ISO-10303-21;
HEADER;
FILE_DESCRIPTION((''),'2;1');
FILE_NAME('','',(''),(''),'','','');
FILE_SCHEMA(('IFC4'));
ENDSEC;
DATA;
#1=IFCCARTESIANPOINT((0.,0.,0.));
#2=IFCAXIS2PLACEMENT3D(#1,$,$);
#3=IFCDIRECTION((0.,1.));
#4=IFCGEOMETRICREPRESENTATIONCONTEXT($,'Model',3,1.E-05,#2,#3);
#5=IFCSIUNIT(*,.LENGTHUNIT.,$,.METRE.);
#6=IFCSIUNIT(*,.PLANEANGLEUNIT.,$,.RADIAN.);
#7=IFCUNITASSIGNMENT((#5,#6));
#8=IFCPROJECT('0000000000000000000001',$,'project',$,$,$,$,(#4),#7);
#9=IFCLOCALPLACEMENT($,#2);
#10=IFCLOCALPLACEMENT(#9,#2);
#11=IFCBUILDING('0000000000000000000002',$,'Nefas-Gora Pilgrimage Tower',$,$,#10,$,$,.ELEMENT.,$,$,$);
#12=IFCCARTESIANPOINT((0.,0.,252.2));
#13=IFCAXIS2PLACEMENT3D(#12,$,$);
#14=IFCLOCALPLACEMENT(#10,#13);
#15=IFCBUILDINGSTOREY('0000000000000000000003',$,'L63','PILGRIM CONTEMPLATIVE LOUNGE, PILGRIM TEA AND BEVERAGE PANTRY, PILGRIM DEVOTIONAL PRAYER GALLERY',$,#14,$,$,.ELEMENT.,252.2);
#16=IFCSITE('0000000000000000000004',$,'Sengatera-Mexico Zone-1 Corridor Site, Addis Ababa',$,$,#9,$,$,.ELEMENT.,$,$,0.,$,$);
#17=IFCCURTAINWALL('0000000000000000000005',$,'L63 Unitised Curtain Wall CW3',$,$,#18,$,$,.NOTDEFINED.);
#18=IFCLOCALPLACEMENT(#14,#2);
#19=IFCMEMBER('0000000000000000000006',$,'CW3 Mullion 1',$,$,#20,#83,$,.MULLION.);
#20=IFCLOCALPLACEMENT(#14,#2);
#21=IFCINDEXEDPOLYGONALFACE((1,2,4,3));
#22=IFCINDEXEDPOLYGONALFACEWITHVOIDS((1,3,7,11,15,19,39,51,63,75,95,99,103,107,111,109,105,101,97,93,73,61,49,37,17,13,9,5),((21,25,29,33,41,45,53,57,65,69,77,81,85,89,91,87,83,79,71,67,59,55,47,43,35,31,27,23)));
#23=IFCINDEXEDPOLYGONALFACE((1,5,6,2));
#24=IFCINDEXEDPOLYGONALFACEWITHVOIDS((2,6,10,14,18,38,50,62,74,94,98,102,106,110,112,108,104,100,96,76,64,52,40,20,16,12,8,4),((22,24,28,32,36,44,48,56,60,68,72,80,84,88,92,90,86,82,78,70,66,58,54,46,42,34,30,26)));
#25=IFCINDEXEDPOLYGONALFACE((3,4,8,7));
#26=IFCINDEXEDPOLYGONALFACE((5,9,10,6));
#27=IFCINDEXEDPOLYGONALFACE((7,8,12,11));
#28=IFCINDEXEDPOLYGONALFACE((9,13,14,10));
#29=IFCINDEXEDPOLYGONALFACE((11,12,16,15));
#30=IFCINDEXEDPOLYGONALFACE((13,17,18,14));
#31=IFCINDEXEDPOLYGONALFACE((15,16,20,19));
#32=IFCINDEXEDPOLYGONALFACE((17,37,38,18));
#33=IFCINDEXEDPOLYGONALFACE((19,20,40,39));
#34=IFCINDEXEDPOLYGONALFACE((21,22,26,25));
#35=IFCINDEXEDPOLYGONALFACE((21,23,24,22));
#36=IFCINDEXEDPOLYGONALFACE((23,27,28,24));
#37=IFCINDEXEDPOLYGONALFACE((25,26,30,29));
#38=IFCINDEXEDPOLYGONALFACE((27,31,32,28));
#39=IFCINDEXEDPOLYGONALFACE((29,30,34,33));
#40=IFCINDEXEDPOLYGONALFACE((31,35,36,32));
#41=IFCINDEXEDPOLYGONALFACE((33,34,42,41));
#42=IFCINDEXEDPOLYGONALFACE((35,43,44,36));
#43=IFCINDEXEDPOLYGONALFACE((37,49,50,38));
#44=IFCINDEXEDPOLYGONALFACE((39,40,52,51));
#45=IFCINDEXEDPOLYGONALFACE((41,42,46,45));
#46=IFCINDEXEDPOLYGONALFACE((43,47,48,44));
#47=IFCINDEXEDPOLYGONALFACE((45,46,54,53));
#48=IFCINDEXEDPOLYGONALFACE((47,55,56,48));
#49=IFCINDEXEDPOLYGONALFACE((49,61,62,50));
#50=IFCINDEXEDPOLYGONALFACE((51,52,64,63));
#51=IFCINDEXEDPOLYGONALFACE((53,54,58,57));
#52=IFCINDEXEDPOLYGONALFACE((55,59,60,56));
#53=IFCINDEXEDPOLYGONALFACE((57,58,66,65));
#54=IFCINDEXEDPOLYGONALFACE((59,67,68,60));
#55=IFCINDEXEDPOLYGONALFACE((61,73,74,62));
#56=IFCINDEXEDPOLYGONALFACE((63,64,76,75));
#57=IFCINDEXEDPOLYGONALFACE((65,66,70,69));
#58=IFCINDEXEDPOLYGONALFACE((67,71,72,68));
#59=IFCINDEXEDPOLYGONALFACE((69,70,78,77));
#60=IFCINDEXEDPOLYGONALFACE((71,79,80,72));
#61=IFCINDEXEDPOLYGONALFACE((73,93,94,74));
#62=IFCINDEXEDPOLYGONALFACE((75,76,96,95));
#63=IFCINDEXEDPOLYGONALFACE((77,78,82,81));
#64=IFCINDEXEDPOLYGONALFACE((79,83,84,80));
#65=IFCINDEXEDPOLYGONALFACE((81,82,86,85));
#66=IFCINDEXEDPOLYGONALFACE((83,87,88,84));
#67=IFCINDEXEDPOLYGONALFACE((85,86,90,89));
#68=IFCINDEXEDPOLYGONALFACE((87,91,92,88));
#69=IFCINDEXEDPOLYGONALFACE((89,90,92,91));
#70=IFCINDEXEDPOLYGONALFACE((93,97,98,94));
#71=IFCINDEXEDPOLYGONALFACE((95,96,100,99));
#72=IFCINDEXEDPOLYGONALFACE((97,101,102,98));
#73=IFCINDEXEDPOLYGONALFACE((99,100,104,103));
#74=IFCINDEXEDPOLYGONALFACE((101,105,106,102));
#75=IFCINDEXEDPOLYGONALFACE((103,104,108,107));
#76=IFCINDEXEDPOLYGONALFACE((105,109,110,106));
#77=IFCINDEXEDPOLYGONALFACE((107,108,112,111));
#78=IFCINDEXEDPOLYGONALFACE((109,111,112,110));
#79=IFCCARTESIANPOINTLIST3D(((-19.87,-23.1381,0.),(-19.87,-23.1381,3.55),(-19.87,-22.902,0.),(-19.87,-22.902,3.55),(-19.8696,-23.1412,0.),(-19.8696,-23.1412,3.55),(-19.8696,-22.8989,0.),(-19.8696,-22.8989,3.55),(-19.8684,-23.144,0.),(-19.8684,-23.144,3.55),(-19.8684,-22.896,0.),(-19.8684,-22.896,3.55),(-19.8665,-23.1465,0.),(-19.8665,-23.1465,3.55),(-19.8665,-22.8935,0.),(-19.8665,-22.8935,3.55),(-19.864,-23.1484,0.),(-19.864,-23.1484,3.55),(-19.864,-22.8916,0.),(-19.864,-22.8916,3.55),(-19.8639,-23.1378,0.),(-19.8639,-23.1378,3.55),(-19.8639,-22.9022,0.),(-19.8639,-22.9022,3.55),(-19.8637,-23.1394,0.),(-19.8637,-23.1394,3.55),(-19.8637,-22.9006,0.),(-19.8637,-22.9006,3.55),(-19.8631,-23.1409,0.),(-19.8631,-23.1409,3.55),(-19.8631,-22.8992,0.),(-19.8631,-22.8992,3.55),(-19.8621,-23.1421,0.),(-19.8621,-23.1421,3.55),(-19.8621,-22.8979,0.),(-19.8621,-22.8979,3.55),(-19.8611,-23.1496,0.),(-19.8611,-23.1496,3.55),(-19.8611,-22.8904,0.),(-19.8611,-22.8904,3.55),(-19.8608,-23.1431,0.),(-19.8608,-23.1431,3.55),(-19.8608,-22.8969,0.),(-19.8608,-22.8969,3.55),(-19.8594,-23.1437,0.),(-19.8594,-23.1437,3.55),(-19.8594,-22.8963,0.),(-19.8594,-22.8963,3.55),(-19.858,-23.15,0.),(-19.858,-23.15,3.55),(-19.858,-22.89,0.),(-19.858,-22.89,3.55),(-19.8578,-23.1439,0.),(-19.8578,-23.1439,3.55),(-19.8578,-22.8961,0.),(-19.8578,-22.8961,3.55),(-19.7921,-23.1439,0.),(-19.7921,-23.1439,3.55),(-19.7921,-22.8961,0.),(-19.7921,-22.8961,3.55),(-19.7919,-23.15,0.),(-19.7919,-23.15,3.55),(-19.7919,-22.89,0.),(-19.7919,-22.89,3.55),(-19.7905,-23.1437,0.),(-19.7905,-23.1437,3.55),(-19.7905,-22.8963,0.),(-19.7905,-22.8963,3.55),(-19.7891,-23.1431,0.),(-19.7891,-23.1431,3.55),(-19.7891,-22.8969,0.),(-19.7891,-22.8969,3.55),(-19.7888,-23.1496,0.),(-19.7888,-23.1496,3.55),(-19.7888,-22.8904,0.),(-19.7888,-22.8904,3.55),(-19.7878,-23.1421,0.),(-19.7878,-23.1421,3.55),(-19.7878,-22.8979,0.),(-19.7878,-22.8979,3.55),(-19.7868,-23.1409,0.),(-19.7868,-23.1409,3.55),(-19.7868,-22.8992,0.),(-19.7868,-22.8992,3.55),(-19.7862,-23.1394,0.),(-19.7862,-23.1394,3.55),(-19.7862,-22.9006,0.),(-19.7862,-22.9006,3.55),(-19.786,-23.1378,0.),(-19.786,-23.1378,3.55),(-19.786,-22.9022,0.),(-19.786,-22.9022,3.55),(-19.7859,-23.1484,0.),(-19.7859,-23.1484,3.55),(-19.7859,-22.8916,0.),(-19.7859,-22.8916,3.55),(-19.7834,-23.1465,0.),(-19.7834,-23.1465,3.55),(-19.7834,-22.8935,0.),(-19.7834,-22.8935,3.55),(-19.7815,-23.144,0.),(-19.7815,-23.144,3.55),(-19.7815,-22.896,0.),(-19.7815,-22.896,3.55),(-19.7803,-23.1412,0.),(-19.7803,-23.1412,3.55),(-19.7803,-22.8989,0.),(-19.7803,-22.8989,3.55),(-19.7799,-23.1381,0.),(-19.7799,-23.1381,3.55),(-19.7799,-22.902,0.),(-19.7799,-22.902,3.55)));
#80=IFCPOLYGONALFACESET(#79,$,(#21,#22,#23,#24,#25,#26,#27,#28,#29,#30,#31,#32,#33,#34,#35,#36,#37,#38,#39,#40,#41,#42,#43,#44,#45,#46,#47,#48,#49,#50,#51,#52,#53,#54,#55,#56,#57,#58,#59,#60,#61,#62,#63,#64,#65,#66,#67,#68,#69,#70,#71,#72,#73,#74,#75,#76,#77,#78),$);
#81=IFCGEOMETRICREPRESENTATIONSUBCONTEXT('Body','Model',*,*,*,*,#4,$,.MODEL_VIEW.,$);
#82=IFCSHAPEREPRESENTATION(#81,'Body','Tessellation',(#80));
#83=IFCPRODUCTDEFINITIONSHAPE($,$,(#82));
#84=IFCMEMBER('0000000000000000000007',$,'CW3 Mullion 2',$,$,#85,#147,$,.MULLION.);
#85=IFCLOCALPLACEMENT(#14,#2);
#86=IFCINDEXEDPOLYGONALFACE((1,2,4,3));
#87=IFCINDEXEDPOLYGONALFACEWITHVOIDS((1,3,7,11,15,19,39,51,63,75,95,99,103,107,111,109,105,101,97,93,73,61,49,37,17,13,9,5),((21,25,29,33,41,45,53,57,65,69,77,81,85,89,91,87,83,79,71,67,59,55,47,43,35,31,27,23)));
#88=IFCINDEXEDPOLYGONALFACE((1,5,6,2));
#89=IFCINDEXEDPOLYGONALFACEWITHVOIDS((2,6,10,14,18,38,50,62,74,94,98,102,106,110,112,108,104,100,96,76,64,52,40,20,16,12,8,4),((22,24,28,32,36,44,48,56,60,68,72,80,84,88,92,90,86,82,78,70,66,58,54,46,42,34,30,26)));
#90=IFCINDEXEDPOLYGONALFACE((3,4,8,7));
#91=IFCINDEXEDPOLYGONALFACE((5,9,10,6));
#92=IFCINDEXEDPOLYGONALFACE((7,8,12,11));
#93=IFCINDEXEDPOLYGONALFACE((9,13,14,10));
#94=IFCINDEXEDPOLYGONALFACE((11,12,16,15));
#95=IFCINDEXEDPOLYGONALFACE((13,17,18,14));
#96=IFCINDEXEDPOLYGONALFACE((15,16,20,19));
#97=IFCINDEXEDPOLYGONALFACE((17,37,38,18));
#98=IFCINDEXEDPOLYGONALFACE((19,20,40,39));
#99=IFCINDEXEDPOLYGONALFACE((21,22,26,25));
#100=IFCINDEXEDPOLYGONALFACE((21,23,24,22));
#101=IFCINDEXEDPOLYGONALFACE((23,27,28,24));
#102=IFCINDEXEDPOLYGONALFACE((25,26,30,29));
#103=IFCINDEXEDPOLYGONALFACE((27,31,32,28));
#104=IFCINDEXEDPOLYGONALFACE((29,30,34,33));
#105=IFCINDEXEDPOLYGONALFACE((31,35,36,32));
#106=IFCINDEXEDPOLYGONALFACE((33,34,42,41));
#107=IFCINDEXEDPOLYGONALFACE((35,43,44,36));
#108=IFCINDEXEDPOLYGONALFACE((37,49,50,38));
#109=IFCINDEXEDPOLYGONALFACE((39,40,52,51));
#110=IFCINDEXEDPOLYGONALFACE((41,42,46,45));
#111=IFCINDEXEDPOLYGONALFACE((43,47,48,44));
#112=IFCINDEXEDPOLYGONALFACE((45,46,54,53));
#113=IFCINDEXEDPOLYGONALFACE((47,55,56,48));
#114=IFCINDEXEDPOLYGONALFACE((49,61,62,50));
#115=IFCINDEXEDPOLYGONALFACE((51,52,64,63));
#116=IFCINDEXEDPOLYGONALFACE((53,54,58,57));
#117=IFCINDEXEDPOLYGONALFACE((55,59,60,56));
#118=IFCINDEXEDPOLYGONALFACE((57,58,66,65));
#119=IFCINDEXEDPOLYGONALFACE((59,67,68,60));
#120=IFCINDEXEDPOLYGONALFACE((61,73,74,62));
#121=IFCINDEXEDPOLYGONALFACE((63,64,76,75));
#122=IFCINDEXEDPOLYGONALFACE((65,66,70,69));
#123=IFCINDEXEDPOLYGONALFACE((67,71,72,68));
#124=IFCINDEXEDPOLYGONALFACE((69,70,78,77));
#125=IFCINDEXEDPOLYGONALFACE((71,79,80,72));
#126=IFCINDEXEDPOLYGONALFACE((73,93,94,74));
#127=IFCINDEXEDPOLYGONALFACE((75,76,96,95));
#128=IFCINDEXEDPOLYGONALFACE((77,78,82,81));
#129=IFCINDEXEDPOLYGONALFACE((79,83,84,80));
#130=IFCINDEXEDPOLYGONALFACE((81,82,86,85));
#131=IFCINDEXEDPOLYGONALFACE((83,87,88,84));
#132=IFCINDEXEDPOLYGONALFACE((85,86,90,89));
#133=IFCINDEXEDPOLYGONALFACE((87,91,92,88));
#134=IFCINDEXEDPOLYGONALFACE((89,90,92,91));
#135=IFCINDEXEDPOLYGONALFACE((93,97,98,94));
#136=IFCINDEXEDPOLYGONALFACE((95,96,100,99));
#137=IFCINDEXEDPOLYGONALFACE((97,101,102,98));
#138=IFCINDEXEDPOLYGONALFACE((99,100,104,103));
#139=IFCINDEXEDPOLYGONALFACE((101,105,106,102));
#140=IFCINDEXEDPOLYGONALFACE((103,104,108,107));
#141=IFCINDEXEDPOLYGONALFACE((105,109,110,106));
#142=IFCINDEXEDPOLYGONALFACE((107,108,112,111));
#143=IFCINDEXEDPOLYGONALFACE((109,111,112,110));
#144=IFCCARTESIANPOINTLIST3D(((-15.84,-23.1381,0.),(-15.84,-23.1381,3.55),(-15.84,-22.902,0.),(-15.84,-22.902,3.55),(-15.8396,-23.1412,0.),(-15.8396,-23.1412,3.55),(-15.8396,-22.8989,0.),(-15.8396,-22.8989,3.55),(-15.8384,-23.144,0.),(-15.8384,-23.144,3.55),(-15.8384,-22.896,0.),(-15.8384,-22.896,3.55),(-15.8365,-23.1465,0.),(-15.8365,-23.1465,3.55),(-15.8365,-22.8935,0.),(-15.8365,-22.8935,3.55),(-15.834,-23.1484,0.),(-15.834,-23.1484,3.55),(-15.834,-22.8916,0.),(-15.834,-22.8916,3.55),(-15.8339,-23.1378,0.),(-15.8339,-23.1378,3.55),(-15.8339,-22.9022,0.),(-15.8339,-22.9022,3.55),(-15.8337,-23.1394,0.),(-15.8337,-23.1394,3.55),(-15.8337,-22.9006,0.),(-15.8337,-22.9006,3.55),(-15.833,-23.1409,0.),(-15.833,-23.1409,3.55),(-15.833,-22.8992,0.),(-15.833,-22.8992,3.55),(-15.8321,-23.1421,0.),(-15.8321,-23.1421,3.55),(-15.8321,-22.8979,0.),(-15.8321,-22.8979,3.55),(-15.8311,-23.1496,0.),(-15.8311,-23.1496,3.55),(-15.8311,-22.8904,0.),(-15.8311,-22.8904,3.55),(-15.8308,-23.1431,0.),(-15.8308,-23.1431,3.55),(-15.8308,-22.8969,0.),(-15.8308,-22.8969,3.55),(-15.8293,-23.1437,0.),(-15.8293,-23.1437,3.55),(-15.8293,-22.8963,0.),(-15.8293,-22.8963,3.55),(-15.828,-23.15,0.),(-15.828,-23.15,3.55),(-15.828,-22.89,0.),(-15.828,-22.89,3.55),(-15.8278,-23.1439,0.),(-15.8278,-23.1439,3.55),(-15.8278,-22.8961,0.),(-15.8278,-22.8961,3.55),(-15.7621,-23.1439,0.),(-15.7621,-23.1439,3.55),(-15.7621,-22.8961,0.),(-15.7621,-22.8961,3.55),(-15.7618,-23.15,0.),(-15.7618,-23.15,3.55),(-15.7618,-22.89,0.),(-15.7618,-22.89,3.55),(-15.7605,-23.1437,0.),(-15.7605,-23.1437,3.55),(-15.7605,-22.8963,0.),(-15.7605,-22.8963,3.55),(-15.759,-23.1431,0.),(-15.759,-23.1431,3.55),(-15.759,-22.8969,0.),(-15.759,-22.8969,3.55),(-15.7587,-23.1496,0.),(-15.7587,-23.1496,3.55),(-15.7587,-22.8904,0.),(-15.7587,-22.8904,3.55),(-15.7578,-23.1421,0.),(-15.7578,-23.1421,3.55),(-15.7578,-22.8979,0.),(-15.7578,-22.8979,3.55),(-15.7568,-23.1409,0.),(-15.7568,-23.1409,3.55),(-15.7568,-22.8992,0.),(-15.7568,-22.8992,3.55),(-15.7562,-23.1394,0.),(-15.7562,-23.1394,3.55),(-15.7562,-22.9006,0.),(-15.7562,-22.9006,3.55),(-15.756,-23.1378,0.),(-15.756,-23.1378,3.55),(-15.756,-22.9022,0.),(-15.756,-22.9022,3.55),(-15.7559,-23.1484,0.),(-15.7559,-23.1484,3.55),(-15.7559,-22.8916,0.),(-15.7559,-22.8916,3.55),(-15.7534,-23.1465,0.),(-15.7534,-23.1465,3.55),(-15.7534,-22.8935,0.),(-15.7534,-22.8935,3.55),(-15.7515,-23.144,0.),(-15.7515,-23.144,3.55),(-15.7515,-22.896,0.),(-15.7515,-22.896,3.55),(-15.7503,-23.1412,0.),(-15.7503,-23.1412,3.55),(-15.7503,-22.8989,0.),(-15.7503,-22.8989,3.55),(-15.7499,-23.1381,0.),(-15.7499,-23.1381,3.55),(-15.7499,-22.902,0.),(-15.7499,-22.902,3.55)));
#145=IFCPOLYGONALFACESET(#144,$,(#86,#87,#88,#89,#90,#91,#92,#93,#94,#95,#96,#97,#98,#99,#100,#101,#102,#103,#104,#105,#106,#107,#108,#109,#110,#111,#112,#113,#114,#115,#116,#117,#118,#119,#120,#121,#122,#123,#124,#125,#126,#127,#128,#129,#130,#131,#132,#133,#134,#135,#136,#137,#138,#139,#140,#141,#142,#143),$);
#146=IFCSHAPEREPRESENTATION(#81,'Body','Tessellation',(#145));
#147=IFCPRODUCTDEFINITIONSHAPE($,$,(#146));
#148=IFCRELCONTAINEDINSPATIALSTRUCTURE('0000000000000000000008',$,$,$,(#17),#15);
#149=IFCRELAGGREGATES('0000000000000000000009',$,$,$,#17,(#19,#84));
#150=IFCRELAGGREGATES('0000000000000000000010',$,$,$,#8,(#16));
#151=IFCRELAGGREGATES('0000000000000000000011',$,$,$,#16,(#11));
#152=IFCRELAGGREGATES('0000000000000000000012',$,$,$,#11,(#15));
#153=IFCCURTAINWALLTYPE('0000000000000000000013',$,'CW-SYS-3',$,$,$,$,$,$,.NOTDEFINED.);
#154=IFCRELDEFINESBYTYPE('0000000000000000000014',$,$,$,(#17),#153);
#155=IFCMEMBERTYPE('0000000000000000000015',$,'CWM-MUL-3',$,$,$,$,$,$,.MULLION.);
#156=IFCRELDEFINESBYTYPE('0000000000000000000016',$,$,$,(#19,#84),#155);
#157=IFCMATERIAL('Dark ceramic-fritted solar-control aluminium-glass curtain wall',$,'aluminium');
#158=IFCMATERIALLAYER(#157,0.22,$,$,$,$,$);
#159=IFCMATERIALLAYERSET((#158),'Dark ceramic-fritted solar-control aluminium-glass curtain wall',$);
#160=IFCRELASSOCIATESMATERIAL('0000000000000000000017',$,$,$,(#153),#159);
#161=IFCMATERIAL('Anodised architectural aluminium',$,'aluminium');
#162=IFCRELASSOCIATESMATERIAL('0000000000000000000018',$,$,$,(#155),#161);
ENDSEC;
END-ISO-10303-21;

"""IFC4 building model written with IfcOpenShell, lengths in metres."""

from ifc_helpers import new_model, si_unit, direction, frame, origin, origin_2d, place, context, subcontext, project, spatial, hollow_rectangle, extrude, source, transform, mapped, material, layer, layer_set, material_profile, profile_set, type_object, element, aggregate, save


model = new_model("IFC4")

# Units and contexts
model_context = context("Model", 3, precision=1e-05, world=origin(), true_north=direction((0.0, 1.0)))
body_context = subcontext(model_context, "Body", "Model", "MODEL_VIEW")
ifc_project = project(units=[si_unit("LENGTHUNIT", "METRE"), si_unit("PLANEANGLEUNIT", "RADIAN")], contexts=[model_context])

# Site, building, storey
site_placement = place(None, origin())
site = spatial("IfcSite", under=ifc_project, at=site_placement, Name="Sengatera-Mexico Zone-1 Corridor Site, Addis Ababa", CompositionType="ELEMENT", RefElevation=0.0)
building_placement = place(site_placement, origin())
building = spatial("IfcBuilding", under=site, at=building_placement, Name="Nefas-Gora Pilgrimage Tower", CompositionType="ELEMENT")
storey_placement = place(building_placement, frame((0.0, 0.0, 252.2)))
storey = spatial("IfcBuildingStorey", under=building, at=storey_placement, Name="L63", Description="PILGRIM CONTEMPLATIVE LOUNGE, PILGRIM TEA AND BEVERAGE PANTRY, PILGRIM DEVOTIONAL PRAYER GALLERY", CompositionType="ELEMENT", Elevation=252.2)

# Shared definitions
ifc_material_1 = material(Name="Dark ceramic-fritted solar-control aluminium-glass curtain wall", Category="aluminium")
ifc_material_2 = material(Name="Anodised architectural aluminium", Category="aluminium")

# Shared definitions
ifc_layer_1 = layer(ifc_material_1, 0.22)
ifc_layer_set_1 = layer_set([ifc_layer_1], Name="Dark ceramic-fritted solar-control aluminium-glass curtain wall")
curtain_wall_type_1 = type_object("IfcCurtainWallType", Name="CW-SYS-3", PredefinedType="NOTDEFINED", material=ifc_layer_set_1)
ifc_material_profile_1 = material_profile(ifc_material_2, hollow_rectangle(XDim=0.0901, YDim=0.26, WallThickness=0.0061, InnerFilletRadius=0.0061, OuterFilletRadius=0.012, at=origin_2d()), Name="ALU MULLION 90x260")
ifc_profile_set_1 = profile_set([ifc_material_profile_1], Name="Anodised architectural aluminium")
member_type_1 = type_object("IfcMemberType", Name="CWM-MUL-3", PredefinedType="MULLION", material=ifc_profile_set_1)
shared_shape_1 = source(origin(), body_context, "Body", "SweptSolid", [
    extrude(hollow_rectangle(XDim=0.0901, YDim=0.26, WallThickness=0.0061, InnerFilletRadius=0.0061, OuterFilletRadius=0.012, at=origin_2d()), origin(), (0.0, 0.0, 1.0), 3.55),
])

# Curtain wall, members
curtain_wall_1_placement = place(storey_placement, origin())
curtain_wall_1 = element("IfcCurtainWall", 1, at=curtain_wall_1_placement, inside=storey, type_object=curtain_wall_type_1, Name="L63 Unitised Curtain Wall CW3", PredefinedType="NOTDEFINED")
member_1_placement = place(storey_placement, frame((-19.825, -23.02, 0.0), z_axis=(0.0, 0.0, 1.0), x_axis=(1.0, 0.0, 0.0)))
member_1 = element("IfcMember", 2, at=member_1_placement, type_object=member_type_1, Name="CW3 Mullion 1", PredefinedType="MULLION", context=body_context, shape_type="MappedRepresentation", body=[
    mapped(shared_shape_1, transform((0.0, 0.0, 0.0), x_axis=(1.0, 0.0, 0.0), y_axis=(0.0, 1.0, 0.0), z_axis=(0.0, 0.0, 1.0), scale=1.0)),
])
member_2_placement = place(storey_placement, frame((-15.7949, -23.02, 0.0), z_axis=(0.0, 0.0, 1.0), x_axis=(1.0, 0.0, 0.0)))
member_2 = element("IfcMember", 3, at=member_2_placement, type_object=member_type_1, Name="CW3 Mullion 2", PredefinedType="MULLION", context=body_context, shape_type="MappedRepresentation", body=[
    mapped(shared_shape_1, transform((0.0, 0.0, 0.0), x_axis=(1.0, 0.0, 0.0), y_axis=(0.0, 1.0, 0.0), z_axis=(0.0, 0.0, 1.0), scale=1.0)),
])

aggregate(curtain_wall_1, [member_1, member_2])

save(model, "model.ifc")
